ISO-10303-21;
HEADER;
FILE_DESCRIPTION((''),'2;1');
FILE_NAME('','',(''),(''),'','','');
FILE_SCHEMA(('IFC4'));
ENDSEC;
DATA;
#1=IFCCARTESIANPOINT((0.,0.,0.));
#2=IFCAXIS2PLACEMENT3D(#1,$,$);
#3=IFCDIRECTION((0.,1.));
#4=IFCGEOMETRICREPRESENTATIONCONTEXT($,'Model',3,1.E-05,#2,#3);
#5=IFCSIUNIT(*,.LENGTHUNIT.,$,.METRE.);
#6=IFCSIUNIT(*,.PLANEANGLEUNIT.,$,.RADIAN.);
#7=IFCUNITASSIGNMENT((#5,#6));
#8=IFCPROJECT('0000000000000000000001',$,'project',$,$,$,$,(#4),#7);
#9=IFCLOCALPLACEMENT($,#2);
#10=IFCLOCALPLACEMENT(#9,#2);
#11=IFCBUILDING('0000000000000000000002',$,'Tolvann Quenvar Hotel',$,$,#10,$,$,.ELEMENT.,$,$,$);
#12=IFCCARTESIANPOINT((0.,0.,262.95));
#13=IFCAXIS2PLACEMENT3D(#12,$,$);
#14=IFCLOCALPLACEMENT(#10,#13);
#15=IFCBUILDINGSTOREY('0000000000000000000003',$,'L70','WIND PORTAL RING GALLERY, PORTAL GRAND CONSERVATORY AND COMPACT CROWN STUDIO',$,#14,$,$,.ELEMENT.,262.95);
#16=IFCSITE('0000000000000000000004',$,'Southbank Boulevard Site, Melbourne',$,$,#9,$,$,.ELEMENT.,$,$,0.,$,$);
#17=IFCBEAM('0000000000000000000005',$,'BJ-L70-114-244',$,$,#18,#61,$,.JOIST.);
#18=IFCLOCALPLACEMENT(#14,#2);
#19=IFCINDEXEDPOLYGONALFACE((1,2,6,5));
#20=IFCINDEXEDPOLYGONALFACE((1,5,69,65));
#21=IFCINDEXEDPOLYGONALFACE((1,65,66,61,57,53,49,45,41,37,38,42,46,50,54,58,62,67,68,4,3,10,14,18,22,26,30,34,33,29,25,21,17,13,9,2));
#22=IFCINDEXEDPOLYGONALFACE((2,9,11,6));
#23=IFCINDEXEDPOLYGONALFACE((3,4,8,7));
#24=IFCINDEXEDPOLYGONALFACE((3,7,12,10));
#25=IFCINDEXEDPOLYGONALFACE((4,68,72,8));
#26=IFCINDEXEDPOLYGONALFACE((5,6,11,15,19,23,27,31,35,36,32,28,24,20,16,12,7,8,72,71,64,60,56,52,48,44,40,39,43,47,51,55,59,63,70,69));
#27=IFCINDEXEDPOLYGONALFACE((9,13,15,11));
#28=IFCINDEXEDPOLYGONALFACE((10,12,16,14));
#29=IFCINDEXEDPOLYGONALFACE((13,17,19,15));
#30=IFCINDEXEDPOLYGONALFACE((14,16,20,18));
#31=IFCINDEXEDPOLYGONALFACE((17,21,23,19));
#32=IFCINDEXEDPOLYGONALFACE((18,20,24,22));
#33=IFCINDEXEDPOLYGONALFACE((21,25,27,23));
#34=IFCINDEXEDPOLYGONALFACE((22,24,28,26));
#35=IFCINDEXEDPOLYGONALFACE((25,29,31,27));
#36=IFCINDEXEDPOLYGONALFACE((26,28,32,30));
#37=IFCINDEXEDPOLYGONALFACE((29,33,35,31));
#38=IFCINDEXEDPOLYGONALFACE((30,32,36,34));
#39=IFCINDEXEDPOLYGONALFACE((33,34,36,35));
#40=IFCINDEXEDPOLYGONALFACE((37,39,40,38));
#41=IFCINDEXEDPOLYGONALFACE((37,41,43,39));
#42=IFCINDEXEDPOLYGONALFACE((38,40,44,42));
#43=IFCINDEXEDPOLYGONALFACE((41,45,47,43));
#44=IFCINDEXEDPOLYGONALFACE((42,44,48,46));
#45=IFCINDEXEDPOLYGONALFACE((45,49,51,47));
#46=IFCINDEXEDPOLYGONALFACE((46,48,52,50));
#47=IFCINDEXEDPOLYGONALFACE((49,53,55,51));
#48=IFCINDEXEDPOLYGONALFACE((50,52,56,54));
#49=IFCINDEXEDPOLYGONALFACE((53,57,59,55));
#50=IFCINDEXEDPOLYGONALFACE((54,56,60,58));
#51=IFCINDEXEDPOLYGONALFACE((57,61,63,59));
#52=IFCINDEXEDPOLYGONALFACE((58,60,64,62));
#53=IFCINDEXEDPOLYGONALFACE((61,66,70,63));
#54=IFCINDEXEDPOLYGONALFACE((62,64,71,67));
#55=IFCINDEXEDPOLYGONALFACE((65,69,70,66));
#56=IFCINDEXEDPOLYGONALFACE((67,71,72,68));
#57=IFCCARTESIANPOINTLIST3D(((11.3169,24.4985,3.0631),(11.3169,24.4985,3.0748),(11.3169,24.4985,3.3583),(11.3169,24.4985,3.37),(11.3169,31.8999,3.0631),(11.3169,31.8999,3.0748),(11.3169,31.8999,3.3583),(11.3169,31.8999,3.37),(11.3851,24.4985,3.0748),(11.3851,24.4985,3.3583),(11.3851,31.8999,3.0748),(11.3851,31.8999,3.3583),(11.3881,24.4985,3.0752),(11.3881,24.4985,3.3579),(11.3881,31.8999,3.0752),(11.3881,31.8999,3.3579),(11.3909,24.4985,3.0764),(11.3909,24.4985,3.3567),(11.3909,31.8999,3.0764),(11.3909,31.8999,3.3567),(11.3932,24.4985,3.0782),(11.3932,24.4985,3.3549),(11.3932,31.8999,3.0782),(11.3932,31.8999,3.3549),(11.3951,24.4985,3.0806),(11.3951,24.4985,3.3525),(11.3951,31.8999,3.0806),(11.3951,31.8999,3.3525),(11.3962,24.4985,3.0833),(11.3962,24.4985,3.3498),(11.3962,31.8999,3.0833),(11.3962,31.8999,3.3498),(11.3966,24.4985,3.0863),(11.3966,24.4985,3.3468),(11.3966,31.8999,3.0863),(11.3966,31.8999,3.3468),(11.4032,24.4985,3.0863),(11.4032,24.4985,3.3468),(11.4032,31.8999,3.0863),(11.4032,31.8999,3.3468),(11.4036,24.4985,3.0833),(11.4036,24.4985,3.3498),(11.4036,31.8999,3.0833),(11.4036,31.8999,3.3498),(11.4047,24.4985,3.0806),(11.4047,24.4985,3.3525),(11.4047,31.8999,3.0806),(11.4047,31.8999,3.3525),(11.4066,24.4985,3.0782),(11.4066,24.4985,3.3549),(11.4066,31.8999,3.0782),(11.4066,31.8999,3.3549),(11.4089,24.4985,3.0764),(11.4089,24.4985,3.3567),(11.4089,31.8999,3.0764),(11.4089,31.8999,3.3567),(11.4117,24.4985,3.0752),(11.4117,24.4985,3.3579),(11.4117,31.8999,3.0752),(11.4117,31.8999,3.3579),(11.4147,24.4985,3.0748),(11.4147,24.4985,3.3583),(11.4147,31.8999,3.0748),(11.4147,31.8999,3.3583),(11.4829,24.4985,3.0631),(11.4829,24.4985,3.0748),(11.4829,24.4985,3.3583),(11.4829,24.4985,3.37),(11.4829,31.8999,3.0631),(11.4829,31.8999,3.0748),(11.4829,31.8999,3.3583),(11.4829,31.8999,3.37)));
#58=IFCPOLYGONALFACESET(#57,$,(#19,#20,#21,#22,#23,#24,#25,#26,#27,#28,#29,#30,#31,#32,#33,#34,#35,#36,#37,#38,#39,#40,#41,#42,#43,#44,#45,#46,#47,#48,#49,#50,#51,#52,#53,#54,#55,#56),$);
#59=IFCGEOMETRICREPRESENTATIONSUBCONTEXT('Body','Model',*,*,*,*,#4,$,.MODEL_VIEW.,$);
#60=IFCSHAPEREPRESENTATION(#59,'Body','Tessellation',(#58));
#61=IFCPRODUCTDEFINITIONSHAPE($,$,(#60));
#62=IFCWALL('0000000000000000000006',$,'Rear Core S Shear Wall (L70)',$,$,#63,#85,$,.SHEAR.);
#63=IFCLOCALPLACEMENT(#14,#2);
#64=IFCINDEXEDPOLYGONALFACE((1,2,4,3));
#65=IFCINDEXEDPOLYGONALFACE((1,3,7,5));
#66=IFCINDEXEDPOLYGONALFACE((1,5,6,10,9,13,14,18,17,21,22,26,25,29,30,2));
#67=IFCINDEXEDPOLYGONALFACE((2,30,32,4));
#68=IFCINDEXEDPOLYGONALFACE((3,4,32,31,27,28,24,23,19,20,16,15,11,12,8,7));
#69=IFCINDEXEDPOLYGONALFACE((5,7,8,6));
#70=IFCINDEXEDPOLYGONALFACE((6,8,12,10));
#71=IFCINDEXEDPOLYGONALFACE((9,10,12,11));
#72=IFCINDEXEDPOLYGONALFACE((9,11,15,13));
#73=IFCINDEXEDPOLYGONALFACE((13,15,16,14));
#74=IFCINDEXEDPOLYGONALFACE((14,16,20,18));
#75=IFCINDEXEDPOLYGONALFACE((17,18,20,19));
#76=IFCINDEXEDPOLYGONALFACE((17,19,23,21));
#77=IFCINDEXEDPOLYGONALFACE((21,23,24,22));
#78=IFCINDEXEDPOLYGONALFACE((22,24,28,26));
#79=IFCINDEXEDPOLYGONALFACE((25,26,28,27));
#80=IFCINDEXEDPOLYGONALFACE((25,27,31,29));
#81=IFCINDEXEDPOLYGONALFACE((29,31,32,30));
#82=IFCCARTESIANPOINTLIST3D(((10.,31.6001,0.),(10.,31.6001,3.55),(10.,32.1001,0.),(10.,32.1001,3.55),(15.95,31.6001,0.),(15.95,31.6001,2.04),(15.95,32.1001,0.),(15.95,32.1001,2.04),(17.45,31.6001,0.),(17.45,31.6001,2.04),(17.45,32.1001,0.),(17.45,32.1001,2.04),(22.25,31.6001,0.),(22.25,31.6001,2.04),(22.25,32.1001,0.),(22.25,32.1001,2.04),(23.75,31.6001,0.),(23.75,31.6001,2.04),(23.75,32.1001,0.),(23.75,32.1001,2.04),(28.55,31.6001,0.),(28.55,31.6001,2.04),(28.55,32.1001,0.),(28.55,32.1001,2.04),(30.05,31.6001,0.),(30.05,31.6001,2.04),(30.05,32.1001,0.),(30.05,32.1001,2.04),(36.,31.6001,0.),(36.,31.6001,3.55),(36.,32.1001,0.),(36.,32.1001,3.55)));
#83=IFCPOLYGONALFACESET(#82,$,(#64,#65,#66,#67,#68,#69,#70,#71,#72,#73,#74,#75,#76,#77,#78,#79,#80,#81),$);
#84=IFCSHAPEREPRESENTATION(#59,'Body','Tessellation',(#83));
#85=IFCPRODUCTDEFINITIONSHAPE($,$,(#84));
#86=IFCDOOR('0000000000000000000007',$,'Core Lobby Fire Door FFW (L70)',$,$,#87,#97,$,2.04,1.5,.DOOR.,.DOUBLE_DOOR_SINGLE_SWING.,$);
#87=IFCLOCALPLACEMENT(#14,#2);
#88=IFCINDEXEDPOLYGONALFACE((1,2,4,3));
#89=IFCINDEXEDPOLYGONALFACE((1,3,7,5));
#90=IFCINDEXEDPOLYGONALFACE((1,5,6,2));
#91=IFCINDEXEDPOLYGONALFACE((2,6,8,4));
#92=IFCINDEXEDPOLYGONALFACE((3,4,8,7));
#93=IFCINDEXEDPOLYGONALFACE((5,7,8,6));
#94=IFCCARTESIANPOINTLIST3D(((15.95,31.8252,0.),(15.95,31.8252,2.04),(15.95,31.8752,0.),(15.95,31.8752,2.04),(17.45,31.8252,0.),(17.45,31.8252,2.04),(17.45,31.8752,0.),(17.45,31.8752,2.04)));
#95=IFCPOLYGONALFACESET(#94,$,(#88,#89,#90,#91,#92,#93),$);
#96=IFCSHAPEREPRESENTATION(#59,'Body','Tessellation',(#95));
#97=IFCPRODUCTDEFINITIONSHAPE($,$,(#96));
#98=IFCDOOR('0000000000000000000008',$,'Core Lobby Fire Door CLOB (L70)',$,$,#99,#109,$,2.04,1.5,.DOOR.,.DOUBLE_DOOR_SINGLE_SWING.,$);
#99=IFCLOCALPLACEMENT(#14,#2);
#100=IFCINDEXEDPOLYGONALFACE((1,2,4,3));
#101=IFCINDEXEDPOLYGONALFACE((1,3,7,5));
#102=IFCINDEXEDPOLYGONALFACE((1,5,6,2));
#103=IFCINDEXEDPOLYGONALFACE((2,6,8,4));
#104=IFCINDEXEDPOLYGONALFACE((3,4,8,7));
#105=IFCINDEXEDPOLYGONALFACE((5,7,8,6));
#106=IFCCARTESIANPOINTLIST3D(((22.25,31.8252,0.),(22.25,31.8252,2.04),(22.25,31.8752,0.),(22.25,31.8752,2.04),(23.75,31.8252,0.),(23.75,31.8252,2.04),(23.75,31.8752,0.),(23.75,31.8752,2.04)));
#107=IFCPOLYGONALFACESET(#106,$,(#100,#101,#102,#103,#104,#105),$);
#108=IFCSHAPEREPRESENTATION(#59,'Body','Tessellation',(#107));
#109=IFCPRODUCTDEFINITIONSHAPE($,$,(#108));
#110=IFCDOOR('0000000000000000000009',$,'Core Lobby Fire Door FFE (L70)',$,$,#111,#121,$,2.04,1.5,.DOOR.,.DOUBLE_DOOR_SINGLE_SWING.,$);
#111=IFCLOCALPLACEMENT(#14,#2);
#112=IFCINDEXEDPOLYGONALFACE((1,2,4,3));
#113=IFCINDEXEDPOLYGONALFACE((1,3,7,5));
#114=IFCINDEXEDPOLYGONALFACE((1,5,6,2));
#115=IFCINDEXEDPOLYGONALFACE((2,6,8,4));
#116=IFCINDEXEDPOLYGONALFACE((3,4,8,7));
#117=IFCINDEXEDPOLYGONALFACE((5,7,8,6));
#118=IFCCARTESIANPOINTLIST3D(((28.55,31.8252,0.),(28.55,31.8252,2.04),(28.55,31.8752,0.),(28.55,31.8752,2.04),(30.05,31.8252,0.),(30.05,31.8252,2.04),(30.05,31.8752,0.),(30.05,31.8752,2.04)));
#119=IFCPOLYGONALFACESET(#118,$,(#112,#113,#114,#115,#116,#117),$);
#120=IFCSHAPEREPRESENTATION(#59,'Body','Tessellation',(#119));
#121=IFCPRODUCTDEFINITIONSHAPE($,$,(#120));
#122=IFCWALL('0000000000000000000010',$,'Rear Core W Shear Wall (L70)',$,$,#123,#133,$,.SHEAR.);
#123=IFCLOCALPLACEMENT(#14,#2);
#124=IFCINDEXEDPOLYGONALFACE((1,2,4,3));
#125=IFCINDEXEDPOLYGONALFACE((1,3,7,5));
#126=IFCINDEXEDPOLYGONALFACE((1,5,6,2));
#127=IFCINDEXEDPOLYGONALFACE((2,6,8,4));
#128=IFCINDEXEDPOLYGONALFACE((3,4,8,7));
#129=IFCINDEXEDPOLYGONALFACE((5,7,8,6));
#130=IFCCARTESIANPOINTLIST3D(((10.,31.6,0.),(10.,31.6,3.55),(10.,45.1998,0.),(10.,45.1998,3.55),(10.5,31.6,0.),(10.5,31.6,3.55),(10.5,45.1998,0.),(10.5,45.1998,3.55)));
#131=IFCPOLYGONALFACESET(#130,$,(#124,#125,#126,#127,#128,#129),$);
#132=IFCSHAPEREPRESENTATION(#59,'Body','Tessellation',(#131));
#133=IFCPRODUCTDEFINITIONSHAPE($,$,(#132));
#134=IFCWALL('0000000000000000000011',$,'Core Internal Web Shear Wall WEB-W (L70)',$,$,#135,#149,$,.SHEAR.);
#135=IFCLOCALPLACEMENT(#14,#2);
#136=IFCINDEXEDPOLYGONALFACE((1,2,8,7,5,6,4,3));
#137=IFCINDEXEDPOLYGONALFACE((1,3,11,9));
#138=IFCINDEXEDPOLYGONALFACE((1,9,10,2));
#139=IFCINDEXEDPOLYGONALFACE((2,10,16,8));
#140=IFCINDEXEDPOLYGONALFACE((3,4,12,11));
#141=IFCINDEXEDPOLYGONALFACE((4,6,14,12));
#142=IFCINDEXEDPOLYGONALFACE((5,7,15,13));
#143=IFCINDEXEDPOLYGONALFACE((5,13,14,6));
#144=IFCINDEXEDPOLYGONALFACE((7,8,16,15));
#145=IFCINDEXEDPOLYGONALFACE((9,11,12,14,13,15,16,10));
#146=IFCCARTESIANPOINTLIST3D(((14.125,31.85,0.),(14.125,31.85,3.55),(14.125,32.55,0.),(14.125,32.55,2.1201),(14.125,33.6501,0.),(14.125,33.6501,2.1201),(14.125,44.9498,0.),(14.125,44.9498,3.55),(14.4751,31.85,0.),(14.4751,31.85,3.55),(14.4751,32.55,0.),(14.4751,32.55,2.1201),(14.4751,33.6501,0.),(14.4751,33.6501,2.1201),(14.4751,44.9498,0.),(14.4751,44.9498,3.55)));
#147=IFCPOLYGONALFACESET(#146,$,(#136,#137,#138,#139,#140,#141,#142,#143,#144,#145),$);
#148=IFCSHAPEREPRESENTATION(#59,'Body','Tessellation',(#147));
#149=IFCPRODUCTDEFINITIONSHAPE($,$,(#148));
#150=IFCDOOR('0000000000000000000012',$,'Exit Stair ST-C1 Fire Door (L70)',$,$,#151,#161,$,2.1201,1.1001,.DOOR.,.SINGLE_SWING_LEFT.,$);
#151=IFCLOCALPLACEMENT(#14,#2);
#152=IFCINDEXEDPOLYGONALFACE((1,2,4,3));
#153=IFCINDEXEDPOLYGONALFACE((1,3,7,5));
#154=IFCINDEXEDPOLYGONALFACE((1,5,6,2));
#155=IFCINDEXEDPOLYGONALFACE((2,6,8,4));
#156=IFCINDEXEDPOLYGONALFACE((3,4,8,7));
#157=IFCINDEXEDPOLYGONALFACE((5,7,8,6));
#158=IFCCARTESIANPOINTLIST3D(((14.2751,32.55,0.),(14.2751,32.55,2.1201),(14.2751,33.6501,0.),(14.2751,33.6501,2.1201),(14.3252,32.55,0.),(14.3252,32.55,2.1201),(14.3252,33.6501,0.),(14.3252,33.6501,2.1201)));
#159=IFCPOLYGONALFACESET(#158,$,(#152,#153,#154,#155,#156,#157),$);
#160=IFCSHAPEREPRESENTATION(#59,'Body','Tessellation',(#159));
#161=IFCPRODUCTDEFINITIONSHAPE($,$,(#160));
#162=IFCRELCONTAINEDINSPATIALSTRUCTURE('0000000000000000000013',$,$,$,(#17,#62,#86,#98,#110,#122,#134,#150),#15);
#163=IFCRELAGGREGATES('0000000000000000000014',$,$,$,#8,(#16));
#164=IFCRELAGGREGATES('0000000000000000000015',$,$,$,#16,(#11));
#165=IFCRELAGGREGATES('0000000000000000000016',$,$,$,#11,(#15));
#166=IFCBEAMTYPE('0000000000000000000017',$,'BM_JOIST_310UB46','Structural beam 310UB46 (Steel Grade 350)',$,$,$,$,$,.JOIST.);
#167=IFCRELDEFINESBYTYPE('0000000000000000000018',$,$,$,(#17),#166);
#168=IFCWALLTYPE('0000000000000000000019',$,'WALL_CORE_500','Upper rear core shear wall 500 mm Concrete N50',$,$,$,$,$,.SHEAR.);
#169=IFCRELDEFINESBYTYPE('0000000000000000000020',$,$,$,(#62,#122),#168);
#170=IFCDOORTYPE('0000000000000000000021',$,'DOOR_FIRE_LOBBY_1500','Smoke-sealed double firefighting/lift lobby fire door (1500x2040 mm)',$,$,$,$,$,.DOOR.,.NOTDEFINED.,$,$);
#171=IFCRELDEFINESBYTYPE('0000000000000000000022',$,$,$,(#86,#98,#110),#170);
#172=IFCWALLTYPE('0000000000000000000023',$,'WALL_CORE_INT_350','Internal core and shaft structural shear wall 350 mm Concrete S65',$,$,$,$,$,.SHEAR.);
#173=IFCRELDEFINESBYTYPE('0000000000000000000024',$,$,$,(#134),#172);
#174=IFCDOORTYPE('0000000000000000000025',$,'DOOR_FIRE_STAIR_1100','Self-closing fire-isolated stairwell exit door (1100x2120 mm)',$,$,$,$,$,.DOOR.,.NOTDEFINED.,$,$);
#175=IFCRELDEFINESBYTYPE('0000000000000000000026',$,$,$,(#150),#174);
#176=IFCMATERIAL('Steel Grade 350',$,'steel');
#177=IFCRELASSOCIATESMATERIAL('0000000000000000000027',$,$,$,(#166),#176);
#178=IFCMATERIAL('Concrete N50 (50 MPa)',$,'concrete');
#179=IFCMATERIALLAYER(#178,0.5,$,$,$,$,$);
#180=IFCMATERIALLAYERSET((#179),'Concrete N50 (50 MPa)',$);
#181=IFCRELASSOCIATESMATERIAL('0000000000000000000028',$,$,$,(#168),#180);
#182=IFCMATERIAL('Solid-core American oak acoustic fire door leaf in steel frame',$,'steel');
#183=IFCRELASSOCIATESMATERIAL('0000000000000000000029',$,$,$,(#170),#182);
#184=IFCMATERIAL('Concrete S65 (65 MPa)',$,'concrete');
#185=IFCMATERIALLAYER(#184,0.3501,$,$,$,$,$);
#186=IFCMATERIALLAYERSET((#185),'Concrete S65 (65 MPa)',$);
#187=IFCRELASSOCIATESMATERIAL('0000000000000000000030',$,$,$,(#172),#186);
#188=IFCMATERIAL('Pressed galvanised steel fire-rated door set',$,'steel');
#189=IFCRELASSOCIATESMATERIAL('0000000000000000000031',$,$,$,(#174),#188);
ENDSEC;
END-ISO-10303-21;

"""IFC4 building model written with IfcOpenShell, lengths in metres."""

from ifc_helpers import new_model, si_unit, direction, frame, frame_2d, origin, origin_2d, place, context, subcontext, project, spatial, rectangle, i_section, extrude, source, transform, mapped, material, layer, layer_set, material_profile, profile_set, type_object, type_shapes, element, fill, save


model = new_model("IFC4")

# Units and contexts
model_context = context("Model", 3, precision=1e-05, world=origin(), true_north=direction((0.0, 1.0)))
body_context = subcontext(model_context, "Body", "Model", "MODEL_VIEW")
ifc_project = project(units=[si_unit("LENGTHUNIT", "METRE"), si_unit("PLANEANGLEUNIT", "RADIAN")], contexts=[model_context])

# Site, building, storey
site_placement = place(None, origin())
site = spatial("IfcSite", under=ifc_project, at=site_placement, Name="Southbank Boulevard Site, Melbourne", CompositionType="ELEMENT", RefElevation=0.0)
building_placement = place(site_placement, origin())
building = spatial("IfcBuilding", under=site, at=building_placement, Name="Tolvann Quenvar Hotel", CompositionType="ELEMENT")
storey_placement = place(building_placement, frame((0.0, 0.0, 262.95)))
storey = spatial("IfcBuildingStorey", under=building, at=storey_placement, Name="L70", Description="WIND PORTAL RING GALLERY, PORTAL GRAND CONSERVATORY AND COMPACT CROWN STUDIO", CompositionType="ELEMENT", Elevation=262.95)

# Beam
ifc_material_1 = material(Name="Steel Grade 350", Category="steel")
ifc_material_profile_1 = material_profile(ifc_material_1, i_section(OverallWidth=0.166, OverallDepth=0.3069, WebThickness=0.0066, FlangeThickness=0.0117, FilletRadius=0.0115, at=origin_2d()), Name="310UB46")
ifc_profile_set_1 = profile_set([ifc_material_profile_1], Name="Steel Grade 350")
beam_type_1 = type_object("IfcBeamType", Name="BM_JOIST_310UB46", Description="Structural beam 310UB46 (Steel Grade 350)", PredefinedType="JOIST", material=ifc_profile_set_1)
shared_shape_1 = source(origin(), body_context, "Body", "SweptSolid", [
    extrude(i_section(OverallWidth=0.166, OverallDepth=0.3069, WebThickness=0.0066, FlangeThickness=0.0117, FilletRadius=0.0115, at=origin_2d()), origin(), (0.0, 0.0, 1.0), 7.4014),
])
beam_1_placement = place(storey_placement, frame((11.3999, 24.4985, 3.2166), z_axis=(0.0, 1.0, 0.0), x_axis=(-1.0, 0.0, 0.0)))
element("IfcBeam", 1, at=beam_1_placement, inside=storey, type_object=beam_type_1, Name="BJ-L70-114-244", PredefinedType="JOIST", context=body_context, shape_type="MappedRepresentation", body=[
    mapped(shared_shape_1, transform((0.0, 0.0, 0.0), x_axis=(1.0, 0.0, 0.0), y_axis=(0.0, 1.0, 0.0), z_axis=(0.0, 0.0, 1.0), scale=1.0)),
])

# Wall, openings, doors
ifc_material_2 = material(Name="Concrete N50 (50 MPa)", Category="concrete")
ifc_layer_1 = layer(ifc_material_2, 0.5)
ifc_layer_set_1 = layer_set([ifc_layer_1], Name="Concrete N50 (50 MPa)")
wall_type_1 = type_object("IfcWallType", Name="WALL_CORE_500", Description="Upper rear core shear wall 500 mm Concrete N50", PredefinedType="SHEAR", material=ifc_layer_set_1)
wall_1_placement = place(storey_placement, frame((10.0, 31.8501, 0.0), z_axis=(0.0, 0.0, 1.0), x_axis=(1.0, 0.0, 0.0)))
wall_1 = element("IfcWall", 2, at=wall_1_placement, inside=storey, type_object=wall_type_1, Name="Rear Core S Shear Wall (L70)", PredefinedType="SHEAR", context=body_context, shape_type="SweptSolid", body=[
    extrude(rectangle(XDim=26.0, YDim=0.5, at=frame_2d((13.0, 0.0))), origin(), (0.0, 0.0, 1.0), 3.55),
])
opening_1_placement = place(wall_1_placement, frame((7.45, 0.0, 0.0), z_axis=(0.0, 0.0, 1.0), x_axis=(-1.0, 0.0, 0.0)))
opening_1 = element("IfcOpeningElement", 3, at=opening_1_placement, cuts=wall_1, PredefinedType="OPENING", context=body_context, shape_type="SweptSolid", body=[
    extrude(rectangle(XDim=1.5, YDim=2.04, at=frame_2d((0.75, 1.02))), frame((0.0, 0.26, 0.0), z_axis=(0.0, -1.0, 0.0), x_axis=(1.0, 0.0, 0.0)), (0.0, 0.0, 1.0), 0.52),
])
opening_2_placement = place(wall_1_placement, frame((13.75, 0.0, 0.0), z_axis=(0.0, 0.0, 1.0), x_axis=(-1.0, 0.0, 0.0)))
opening_2 = element("IfcOpeningElement", 4, at=opening_2_placement, cuts=wall_1, PredefinedType="OPENING", context=body_context, shape_type="SweptSolid", body=[
    extrude(rectangle(XDim=1.5, YDim=2.04, at=frame_2d((0.75, 1.02))), frame((0.0, 0.26, 0.0), z_axis=(0.0, -1.0, 0.0), x_axis=(1.0, 0.0, 0.0)), (0.0, 0.0, 1.0), 0.52),
])
opening_3_placement = place(wall_1_placement, frame((20.05, 0.0, 0.0), z_axis=(0.0, 0.0, 1.0), x_axis=(-1.0, 0.0, 0.0)))
opening_3 = element("IfcOpeningElement", 5, at=opening_3_placement, cuts=wall_1, PredefinedType="OPENING", context=body_context, shape_type="SweptSolid", body=[
    extrude(rectangle(XDim=1.5, YDim=2.04, at=frame_2d((0.75, 1.02))), frame((0.0, 0.26, 0.0), z_axis=(0.0, -1.0, 0.0), x_axis=(1.0, 0.0, 0.0)), (0.0, 0.0, 1.0), 0.52),
])
ifc_material_3 = material(Name="Solid-core American oak acoustic fire door leaf in steel frame", Category="steel")
door_type_1 = type_object("IfcDoorType", Name="DOOR_FIRE_LOBBY_1500", Description="Smoke-sealed double firefighting/lift lobby fire door (1500x2040 mm)", OperationType="NOTDEFINED", PredefinedType="DOOR", material=ifc_material_3)
shared_shape_2 = source(origin(), body_context, "Body", "SweptSolid", [
    extrude(rectangle(XDim=1.5, YDim=2.04, at=frame_2d((0.75, 1.02))), frame((0.0, 0.0249, 0.0), z_axis=(0.0, -1.0, 0.0), x_axis=(1.0, 0.0, 0.0)), (0.0, 0.0, 1.0), 0.05),
])
type_shapes(door_type_1, [shared_shape_2])
door_1_placement = place(opening_1_placement, origin())
door_1 = element("IfcDoor", 6, at=door_1_placement, inside=storey, type_object=door_type_1, Name="Core Lobby Fire Door FFW (L70)", OperationType="DOUBLE_DOOR_SINGLE_SWING", OverallHeight=2.04, OverallWidth=1.5, PredefinedType="DOOR", context=body_context, shape_type="MappedRepresentation", body=[
    mapped(shared_shape_2, transform((0.0, 0.0, 0.0), x_axis=(1.0, 0.0, 0.0), y_axis=(0.0, 1.0, 0.0), z_axis=(0.0, 0.0, 1.0), scale=1.0)),
])
fill(opening_1, door_1)
door_2_placement = place(opening_2_placement, origin())
door_2 = element("IfcDoor", 7, at=door_2_placement, inside=storey, type_object=door_type_1, Name="Core Lobby Fire Door CLOB (L70)", OperationType="DOUBLE_DOOR_SINGLE_SWING", OverallHeight=2.04, OverallWidth=1.5, PredefinedType="DOOR", context=body_context, shape_type="MappedRepresentation", body=[
    mapped(shared_shape_2, transform((0.0, 0.0, 0.0), x_axis=(1.0, 0.0, 0.0), y_axis=(0.0, 1.0, 0.0), z_axis=(0.0, 0.0, 1.0), scale=1.0)),
])
fill(opening_2, door_2)
door_3_placement = place(opening_3_placement, origin())
door_3 = element("IfcDoor", 8, at=door_3_placement, inside=storey, type_object=door_type_1, Name="Core Lobby Fire Door FFE (L70)", OperationType="DOUBLE_DOOR_SINGLE_SWING", OverallHeight=2.04, OverallWidth=1.5, PredefinedType="DOOR", context=body_context, shape_type="MappedRepresentation", body=[
    mapped(shared_shape_2, transform((0.0, 0.0, 0.0), x_axis=(1.0, 0.0, 0.0), y_axis=(0.0, 1.0, 0.0), z_axis=(0.0, 0.0, 1.0), scale=1.0)),
])
fill(opening_3, door_3)

# Wall
wall_2_placement = place(storey_placement, frame((10.25, 31.6001, 0.0), z_axis=(0.0, 0.0, 1.0), x_axis=(0.0, 1.0, 0.0)))
element("IfcWall", 9, at=wall_2_placement, inside=storey, type_object=wall_type_1, Name="Rear Core W Shear Wall (L70)", PredefinedType="SHEAR", context=body_context, shape_type="SweptSolid", body=[
    extrude(rectangle(XDim=13.5999, YDim=0.5, at=frame_2d((6.7998, 0.0))), origin(), (0.0, 0.0, 1.0), 3.55),
])

# Wall, opening, door
ifc_material_4 = material(Name="Concrete S65 (65 MPa)", Category="concrete")
ifc_layer_2 = layer(ifc_material_4, 0.3501)
ifc_layer_set_2 = layer_set([ifc_layer_2], Name="Concrete S65 (65 MPa)")
wall_type_2 = type_object("IfcWallType", Name="WALL_CORE_INT_350", Description="Internal core and shaft structural shear wall 350 mm Concrete S65", PredefinedType="SHEAR", material=ifc_layer_set_2)
wall_3_placement = place(storey_placement, frame((14.3, 31.8501, 0.0), z_axis=(0.0, 0.0, 1.0), x_axis=(0.0, 1.0, 0.0)))
wall_3 = element("IfcWall", 10, at=wall_3_placement, inside=storey, type_object=wall_type_2, Name="Core Internal Web Shear Wall WEB-W (L70)", PredefinedType="SHEAR", context=body_context, shape_type="SweptSolid", body=[
    extrude(rectangle(XDim=13.0999, YDim=0.3501, at=frame_2d((6.5498, 0.0))), origin(), (0.0, 0.0, 1.0), 3.55),
])
opening_4_placement = place(wall_3_placement, frame((0.7, 0.0, 0.0)))
opening_4 = element("IfcOpeningElement", 11, at=opening_4_placement, cuts=wall_3, PredefinedType="OPENING", context=body_context, shape_type="SweptSolid", body=[
    extrude(rectangle(XDim=1.1001, YDim=2.1201, at=frame_2d((0.55, 1.0601))), frame((0.0, 0.1851, 0.0), z_axis=(0.0, -1.0, 0.0), x_axis=(1.0, 0.0, 0.0)), (0.0, 0.0, 1.0), 0.3701),
])
ifc_material_5 = material(Name="Pressed galvanised steel fire-rated door set", Category="steel")
door_type_2 = type_object("IfcDoorType", Name="DOOR_FIRE_STAIR_1100", Description="Self-closing fire-isolated stairwell exit door (1100x2120 mm)", OperationType="NOTDEFINED", PredefinedType="DOOR", material=ifc_material_5)
shared_shape_3 = source(origin(), body_context, "Body", "SweptSolid", [
    extrude(rectangle(XDim=1.1001, YDim=2.1201, at=frame_2d((0.55, 1.0601))), frame((0.0, 0.0249, 0.0), z_axis=(0.0, -1.0, 0.0), x_axis=(1.0, 0.0, 0.0)), (0.0, 0.0, 1.0), 0.05),
])
type_shapes(door_type_2, [shared_shape_3])
door_4_placement = place(opening_4_placement, origin())
door_4 = element("IfcDoor", 12, at=door_4_placement, inside=storey, type_object=door_type_2, Name="Exit Stair ST-C1 Fire Door (L70)", OperationType="SINGLE_SWING_LEFT", OverallHeight=2.1201, OverallWidth=1.1001, PredefinedType="DOOR", context=body_context, shape_type="MappedRepresentation", body=[
    mapped(shared_shape_3, transform((0.0, 0.0, 0.0), x_axis=(1.0, 0.0, 0.0), y_axis=(0.0, 1.0, 0.0), z_axis=(0.0, 0.0, 1.0), scale=1.0)),
])
fill(opening_4, door_4)

save(model, "model.ifc")
